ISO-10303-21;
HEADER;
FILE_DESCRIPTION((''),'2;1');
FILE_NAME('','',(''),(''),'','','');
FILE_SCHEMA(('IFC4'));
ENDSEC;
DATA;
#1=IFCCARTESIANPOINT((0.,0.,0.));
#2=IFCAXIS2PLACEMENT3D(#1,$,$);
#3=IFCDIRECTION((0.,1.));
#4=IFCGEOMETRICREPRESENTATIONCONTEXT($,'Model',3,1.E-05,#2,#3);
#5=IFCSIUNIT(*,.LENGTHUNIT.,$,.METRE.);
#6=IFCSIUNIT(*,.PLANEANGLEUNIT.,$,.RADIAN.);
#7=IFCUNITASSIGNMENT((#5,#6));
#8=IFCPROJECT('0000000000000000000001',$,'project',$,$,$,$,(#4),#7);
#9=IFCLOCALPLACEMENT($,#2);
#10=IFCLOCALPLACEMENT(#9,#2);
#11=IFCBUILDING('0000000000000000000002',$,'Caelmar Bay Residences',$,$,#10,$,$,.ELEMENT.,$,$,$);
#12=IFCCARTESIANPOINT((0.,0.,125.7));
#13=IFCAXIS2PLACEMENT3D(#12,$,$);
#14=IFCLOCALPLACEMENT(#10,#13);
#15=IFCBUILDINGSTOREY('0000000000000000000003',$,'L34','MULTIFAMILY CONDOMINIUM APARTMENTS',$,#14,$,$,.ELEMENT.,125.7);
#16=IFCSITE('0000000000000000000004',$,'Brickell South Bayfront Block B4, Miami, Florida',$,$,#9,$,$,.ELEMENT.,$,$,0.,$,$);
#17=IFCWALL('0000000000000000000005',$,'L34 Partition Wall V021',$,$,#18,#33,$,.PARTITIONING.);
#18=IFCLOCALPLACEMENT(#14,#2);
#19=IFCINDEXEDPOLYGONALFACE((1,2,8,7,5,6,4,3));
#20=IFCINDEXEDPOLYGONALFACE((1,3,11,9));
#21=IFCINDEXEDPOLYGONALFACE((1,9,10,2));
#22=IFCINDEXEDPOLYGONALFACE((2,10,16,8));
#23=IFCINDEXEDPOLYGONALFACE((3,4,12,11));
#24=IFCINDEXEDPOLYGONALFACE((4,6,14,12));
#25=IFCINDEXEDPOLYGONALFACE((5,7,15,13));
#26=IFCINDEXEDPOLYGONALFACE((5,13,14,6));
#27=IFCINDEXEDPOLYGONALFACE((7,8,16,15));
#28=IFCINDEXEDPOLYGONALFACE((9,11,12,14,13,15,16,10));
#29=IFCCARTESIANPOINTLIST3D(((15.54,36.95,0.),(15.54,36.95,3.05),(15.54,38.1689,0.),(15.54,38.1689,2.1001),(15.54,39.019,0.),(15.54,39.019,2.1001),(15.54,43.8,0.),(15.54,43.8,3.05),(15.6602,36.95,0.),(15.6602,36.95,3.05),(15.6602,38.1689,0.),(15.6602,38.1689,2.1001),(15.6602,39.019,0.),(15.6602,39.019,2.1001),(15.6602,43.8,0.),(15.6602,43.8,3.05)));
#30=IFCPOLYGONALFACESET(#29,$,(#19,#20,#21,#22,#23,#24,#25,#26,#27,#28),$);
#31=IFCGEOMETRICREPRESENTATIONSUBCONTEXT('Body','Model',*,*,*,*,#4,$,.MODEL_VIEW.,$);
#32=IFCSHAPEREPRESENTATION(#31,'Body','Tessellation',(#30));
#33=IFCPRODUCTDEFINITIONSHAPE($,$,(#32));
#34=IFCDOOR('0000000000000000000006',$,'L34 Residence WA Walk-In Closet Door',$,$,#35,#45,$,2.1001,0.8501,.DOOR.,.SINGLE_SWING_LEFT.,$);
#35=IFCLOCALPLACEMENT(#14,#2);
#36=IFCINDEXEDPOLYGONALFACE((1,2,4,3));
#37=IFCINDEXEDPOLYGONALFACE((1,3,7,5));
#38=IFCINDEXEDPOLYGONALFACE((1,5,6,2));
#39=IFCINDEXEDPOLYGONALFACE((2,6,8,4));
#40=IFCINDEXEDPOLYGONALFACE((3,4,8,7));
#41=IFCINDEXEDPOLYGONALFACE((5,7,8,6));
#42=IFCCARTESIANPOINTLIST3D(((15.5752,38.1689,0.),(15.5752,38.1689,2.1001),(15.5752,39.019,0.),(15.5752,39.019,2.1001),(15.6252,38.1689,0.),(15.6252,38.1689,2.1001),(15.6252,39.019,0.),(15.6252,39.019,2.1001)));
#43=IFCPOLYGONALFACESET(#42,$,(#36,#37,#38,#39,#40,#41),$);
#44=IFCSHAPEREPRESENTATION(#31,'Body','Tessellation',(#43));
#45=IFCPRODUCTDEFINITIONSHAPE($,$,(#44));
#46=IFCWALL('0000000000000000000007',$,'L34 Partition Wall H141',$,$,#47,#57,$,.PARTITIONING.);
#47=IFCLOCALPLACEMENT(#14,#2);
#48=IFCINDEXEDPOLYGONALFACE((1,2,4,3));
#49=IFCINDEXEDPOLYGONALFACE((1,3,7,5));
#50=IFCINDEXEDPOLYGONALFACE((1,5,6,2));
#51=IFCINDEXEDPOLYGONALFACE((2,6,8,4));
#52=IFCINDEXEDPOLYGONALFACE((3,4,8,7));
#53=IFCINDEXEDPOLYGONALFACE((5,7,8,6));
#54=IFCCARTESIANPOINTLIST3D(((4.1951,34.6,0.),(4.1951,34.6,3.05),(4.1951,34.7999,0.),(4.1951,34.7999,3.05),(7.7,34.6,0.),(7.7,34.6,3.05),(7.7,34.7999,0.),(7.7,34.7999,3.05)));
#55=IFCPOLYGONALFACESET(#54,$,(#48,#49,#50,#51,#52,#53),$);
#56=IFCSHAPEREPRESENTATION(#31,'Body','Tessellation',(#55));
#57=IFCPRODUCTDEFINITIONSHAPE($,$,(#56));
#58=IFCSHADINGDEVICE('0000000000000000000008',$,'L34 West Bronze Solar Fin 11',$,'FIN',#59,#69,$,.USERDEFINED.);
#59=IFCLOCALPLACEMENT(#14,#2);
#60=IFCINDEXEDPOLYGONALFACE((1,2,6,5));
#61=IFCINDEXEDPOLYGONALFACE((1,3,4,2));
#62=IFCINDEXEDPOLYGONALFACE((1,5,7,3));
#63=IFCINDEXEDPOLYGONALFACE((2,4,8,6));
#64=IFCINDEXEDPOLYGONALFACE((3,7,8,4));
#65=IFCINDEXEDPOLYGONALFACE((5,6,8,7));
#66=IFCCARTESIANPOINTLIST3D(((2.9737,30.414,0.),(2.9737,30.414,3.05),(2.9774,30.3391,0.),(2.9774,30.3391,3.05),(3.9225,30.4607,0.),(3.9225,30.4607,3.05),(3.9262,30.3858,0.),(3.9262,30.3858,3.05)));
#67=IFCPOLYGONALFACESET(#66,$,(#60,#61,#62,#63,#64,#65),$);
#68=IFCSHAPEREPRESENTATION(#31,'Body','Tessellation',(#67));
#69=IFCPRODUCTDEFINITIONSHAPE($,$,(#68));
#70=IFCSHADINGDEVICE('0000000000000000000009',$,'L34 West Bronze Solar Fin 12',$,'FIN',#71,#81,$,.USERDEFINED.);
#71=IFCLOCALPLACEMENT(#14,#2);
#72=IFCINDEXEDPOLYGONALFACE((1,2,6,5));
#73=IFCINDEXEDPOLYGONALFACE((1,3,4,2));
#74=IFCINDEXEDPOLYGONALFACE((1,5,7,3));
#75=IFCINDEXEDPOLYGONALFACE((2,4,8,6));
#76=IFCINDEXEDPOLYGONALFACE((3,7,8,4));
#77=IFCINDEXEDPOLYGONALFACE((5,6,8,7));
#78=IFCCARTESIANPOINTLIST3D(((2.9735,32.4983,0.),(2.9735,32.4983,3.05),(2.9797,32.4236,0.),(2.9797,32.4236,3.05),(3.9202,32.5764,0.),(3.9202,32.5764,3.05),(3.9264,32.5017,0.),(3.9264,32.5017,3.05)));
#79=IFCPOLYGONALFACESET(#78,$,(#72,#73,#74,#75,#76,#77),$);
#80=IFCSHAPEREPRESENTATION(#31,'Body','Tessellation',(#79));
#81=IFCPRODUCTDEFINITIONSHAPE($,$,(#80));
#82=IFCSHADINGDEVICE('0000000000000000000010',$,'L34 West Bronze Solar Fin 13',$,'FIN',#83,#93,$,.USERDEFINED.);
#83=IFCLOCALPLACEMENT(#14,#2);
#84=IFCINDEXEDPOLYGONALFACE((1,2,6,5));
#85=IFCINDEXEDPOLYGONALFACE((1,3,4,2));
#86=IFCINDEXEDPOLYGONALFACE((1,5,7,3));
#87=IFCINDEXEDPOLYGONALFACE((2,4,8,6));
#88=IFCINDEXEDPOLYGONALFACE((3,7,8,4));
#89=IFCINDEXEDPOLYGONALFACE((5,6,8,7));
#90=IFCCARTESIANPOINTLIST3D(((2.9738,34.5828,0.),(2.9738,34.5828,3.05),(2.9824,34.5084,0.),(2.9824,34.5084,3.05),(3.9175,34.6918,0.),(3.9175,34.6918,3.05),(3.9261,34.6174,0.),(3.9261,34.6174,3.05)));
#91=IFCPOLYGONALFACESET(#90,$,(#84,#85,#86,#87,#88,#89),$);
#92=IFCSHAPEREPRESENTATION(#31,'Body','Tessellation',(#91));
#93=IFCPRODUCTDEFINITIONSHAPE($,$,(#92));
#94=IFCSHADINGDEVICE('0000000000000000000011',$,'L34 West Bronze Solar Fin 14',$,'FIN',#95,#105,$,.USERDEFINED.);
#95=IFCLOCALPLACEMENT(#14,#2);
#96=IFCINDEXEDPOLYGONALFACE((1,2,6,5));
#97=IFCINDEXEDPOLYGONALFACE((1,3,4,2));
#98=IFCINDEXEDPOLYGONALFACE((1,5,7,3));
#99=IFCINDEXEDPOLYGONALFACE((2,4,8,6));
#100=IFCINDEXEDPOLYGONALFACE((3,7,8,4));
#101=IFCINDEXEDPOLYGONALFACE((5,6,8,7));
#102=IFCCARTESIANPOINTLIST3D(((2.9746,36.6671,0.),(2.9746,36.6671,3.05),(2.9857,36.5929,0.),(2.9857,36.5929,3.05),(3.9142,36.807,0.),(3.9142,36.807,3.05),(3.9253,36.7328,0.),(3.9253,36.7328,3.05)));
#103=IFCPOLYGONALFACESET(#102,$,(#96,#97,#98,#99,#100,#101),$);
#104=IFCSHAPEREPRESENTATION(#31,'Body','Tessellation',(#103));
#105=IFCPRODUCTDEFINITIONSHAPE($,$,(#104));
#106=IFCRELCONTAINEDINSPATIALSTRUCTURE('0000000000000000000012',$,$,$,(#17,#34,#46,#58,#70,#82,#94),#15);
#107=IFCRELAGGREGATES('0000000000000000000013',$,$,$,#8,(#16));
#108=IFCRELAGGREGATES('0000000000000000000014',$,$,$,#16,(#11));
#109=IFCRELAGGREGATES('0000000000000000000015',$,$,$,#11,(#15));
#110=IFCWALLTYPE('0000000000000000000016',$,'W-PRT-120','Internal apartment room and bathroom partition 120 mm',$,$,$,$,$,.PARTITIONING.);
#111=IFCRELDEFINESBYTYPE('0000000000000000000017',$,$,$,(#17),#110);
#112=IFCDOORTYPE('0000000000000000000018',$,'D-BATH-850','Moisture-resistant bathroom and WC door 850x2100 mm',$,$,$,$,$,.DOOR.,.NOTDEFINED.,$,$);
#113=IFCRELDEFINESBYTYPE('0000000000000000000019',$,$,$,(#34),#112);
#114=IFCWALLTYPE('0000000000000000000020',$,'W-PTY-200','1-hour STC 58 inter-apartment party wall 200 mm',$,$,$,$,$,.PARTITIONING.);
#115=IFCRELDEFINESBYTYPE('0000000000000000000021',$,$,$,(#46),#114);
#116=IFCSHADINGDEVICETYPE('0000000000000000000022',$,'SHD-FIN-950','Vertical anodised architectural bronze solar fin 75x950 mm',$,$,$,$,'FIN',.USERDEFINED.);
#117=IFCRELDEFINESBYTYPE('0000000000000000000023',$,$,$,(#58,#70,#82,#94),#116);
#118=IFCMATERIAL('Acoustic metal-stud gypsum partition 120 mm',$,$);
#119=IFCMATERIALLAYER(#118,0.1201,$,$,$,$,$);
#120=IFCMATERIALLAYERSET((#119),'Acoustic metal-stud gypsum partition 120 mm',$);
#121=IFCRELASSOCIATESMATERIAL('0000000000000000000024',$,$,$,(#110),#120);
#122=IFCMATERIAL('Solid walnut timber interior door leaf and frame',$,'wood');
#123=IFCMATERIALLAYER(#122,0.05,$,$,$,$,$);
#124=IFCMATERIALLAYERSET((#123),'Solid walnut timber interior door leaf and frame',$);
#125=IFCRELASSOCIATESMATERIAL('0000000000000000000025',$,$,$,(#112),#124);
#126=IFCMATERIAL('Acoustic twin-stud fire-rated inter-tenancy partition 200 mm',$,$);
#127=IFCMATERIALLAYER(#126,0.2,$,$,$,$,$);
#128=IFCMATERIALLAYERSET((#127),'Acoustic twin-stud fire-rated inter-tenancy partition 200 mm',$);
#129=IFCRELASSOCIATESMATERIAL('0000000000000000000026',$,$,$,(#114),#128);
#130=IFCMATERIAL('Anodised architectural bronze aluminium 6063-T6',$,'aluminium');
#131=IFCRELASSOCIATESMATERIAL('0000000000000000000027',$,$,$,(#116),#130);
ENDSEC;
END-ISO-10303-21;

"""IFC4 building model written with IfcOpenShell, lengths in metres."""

from ifc_helpers import new_model, si_unit, direction, frame, frame_2d, origin, origin_2d, place, context, subcontext, project, spatial, rectangle, extrude, material, layer, layer_set, material_profile, profile_set, type_object, element, fill, save


model = new_model("IFC4")

# Units and contexts
model_context = context("Model", 3, precision=1e-05, world=origin(), true_north=direction((0.0, 1.0)))
body_context = subcontext(model_context, "Body", "Model", "MODEL_VIEW")
ifc_project = project(units=[si_unit("LENGTHUNIT", "METRE"), si_unit("PLANEANGLEUNIT", "RADIAN")], contexts=[model_context])

# Site, building, storey
site_placement = place(None, origin())
site = spatial("IfcSite", under=ifc_project, at=site_placement, Name="Brickell South Bayfront Block B4, Miami, Florida", CompositionType="ELEMENT", RefElevation=0.0)
building_placement = place(site_placement, origin())
building = spatial("IfcBuilding", under=site, at=building_placement, Name="Caelmar Bay Residences", CompositionType="ELEMENT")
storey_placement = place(building_placement, frame((0.0, 0.0, 125.7)))
storey = spatial("IfcBuildingStorey", under=building, at=storey_placement, Name="L34", Description="MULTIFAMILY CONDOMINIUM APARTMENTS", CompositionType="ELEMENT", Elevation=125.7)

# Wall, opening, door
ifc_material_1 = material(Name="Acoustic metal-stud gypsum partition 120 mm")
ifc_layer_1 = layer(ifc_material_1, 0.1201)
ifc_layer_set_1 = layer_set([ifc_layer_1], Name="Acoustic metal-stud gypsum partition 120 mm")
wall_type_1 = type_object("IfcWallType", Name="W-PRT-120", Description="Internal apartment room and bathroom partition 120 mm", PredefinedType="PARTITIONING", material=ifc_layer_set_1)
ifc_material_2 = material(Name="Solid walnut timber interior door leaf and frame", Category="wood")
wall_1_placement = place(storey_placement, frame((15.6001, 36.95, 0.0), z_axis=(0.0, 0.0, 1.0), x_axis=(0.0, 1.0, 0.0)))
wall_1 = element("IfcWall", 1, at=wall_1_placement, inside=storey, type_object=wall_type_1, Name="L34 Partition Wall V021", PredefinedType="PARTITIONING", context=body_context, shape_type="SweptSolid", body=[
    extrude(rectangle(XDim=6.8501, YDim=0.1201, at=frame_2d((3.425, 0.0))), origin(), (0.0, 0.0, 1.0), 3.05),
])
opening_1_placement = place(wall_1_placement, frame((1.219, 0.0, 0.0)))
opening_1 = element("IfcOpeningElement", 2, at=opening_1_placement, cuts=wall_1, PredefinedType="OPENING", context=body_context, shape_type="SweptSolid", body=[
    extrude(rectangle(XDim=0.8501, YDim=2.1001, at=frame_2d((0.425, 1.05))), frame((0.0, 0.0701, 0.0), z_axis=(0.0, -1.0, 0.0), x_axis=(1.0, 0.0, 0.0)), (0.0, 0.0, 1.0), 0.1401),
])
ifc_layer_2 = layer(ifc_material_2, 0.05)
ifc_layer_set_2 = layer_set([ifc_layer_2], Name="Solid walnut timber interior door leaf and frame")
door_type_1 = type_object("IfcDoorType", Name="D-BATH-850", Description="Moisture-resistant bathroom and WC door 850x2100 mm", OperationType="NOTDEFINED", PredefinedType="DOOR", material=ifc_layer_set_2)
door_1_placement = place(opening_1_placement, origin())
door_1 = element("IfcDoor", 3, at=door_1_placement, inside=storey, type_object=door_type_1, Name="L34 Residence WA Walk-In Closet Door", OperationType="SINGLE_SWING_LEFT", OverallHeight=2.1001, OverallWidth=0.8501, PredefinedType="DOOR", context=body_context, shape_type="SweptSolid", body=[
    extrude(rectangle(XDim=0.8501, YDim=2.1001, at=frame_2d((0.425, 1.05))), frame((0.0, 0.0249, 0.0), z_axis=(0.0, -1.0, 0.0), x_axis=(1.0, 0.0, 0.0)), (0.0, 0.0, 1.0), 0.05),
])
fill(opening_1, door_1)

# Wall
ifc_material_3 = material(Name="Acoustic twin-stud fire-rated inter-tenancy partition 200 mm")
ifc_layer_3 = layer(ifc_material_3, 0.2)
ifc_layer_set_3 = layer_set([ifc_layer_3], Name="Acoustic twin-stud fire-rated inter-tenancy partition 200 mm")
wall_type_2 = type_object("IfcWallType", Name="W-PTY-200", Description="1-hour STC 58 inter-apartment party wall 200 mm", PredefinedType="PARTITIONING", material=ifc_layer_set_3)
wall_2_placement = place(storey_placement, frame((4.1951, 34.7, 0.0), z_axis=(0.0, 0.0, 1.0), x_axis=(1.0, 0.0, 0.0)))
element("IfcWall", 4, at=wall_2_placement, inside=storey, type_object=wall_type_2, Name="L34 Partition Wall H141", PredefinedType="PARTITIONING", context=body_context, shape_type="SweptSolid", body=[
    extrude(rectangle(XDim=3.5049, YDim=0.2, at=frame_2d((1.7524, 0.0))), origin(), (0.0, 0.0, 1.0), 3.05),
])

# Shading devices
ifc_material_4 = material(Name="Anodised architectural bronze aluminium 6063-T6", Category="aluminium")
ifc_material_profile_1 = material_profile(ifc_material_4, rectangle(XDim=0.075, YDim=0.95, at=origin_2d()), Name="BRONZE-FIN-75X950")
ifc_profile_set_1 = profile_set([ifc_material_profile_1], Name="Anodised architectural bronze aluminium 6063-T6")
shading_device_type = type_object("IfcShadingDeviceType", Name="SHD-FIN-950", Description="Vertical anodised architectural bronze solar fin 75x950 mm", ElementType="FIN", PredefinedType="USERDEFINED", material=ifc_profile_set_1)
for number, where, z_axis, x_axis, name in (
    (5, (3.45, 30.3999, 0.0), (0.0, 0.0, 1.0), (-0.049198, 0.998789, 0.0), "L34 West Bronze Solar Fin 11"),
    (6, (3.45, 32.5, 0.0), (0.0, 0.0, 1.0), (-0.082112, 0.996623, 0.0), "L34 West Bronze Solar Fin 12"),
    (7, (3.45, 34.6001, 0.0), (0.0, 0.0, 1.0), (-0.114764, 0.993393, 0.0), "L34 West Bronze Solar Fin 13"),
    (8, (3.45, 36.7, 0.0), (0.0, 0.0, 1.0), (-0.147292, 0.989093, 0.0), "L34 West Bronze Solar Fin 14"),
):
    element("IfcShadingDevice", number, at=place(storey_placement, frame(where, z_axis=z_axis, x_axis=x_axis)), inside=storey, type_object=shading_device_type, Name=name, ObjectType="FIN", PredefinedType="USERDEFINED", context=body_context, shape_type="SweptSolid", body=[
        extrude(rectangle(XDim=0.075, YDim=0.95, at=origin_2d()), origin(), (0.0, 0.0, 1.0), 3.05),
    ])

save(model, "model.ifc")
